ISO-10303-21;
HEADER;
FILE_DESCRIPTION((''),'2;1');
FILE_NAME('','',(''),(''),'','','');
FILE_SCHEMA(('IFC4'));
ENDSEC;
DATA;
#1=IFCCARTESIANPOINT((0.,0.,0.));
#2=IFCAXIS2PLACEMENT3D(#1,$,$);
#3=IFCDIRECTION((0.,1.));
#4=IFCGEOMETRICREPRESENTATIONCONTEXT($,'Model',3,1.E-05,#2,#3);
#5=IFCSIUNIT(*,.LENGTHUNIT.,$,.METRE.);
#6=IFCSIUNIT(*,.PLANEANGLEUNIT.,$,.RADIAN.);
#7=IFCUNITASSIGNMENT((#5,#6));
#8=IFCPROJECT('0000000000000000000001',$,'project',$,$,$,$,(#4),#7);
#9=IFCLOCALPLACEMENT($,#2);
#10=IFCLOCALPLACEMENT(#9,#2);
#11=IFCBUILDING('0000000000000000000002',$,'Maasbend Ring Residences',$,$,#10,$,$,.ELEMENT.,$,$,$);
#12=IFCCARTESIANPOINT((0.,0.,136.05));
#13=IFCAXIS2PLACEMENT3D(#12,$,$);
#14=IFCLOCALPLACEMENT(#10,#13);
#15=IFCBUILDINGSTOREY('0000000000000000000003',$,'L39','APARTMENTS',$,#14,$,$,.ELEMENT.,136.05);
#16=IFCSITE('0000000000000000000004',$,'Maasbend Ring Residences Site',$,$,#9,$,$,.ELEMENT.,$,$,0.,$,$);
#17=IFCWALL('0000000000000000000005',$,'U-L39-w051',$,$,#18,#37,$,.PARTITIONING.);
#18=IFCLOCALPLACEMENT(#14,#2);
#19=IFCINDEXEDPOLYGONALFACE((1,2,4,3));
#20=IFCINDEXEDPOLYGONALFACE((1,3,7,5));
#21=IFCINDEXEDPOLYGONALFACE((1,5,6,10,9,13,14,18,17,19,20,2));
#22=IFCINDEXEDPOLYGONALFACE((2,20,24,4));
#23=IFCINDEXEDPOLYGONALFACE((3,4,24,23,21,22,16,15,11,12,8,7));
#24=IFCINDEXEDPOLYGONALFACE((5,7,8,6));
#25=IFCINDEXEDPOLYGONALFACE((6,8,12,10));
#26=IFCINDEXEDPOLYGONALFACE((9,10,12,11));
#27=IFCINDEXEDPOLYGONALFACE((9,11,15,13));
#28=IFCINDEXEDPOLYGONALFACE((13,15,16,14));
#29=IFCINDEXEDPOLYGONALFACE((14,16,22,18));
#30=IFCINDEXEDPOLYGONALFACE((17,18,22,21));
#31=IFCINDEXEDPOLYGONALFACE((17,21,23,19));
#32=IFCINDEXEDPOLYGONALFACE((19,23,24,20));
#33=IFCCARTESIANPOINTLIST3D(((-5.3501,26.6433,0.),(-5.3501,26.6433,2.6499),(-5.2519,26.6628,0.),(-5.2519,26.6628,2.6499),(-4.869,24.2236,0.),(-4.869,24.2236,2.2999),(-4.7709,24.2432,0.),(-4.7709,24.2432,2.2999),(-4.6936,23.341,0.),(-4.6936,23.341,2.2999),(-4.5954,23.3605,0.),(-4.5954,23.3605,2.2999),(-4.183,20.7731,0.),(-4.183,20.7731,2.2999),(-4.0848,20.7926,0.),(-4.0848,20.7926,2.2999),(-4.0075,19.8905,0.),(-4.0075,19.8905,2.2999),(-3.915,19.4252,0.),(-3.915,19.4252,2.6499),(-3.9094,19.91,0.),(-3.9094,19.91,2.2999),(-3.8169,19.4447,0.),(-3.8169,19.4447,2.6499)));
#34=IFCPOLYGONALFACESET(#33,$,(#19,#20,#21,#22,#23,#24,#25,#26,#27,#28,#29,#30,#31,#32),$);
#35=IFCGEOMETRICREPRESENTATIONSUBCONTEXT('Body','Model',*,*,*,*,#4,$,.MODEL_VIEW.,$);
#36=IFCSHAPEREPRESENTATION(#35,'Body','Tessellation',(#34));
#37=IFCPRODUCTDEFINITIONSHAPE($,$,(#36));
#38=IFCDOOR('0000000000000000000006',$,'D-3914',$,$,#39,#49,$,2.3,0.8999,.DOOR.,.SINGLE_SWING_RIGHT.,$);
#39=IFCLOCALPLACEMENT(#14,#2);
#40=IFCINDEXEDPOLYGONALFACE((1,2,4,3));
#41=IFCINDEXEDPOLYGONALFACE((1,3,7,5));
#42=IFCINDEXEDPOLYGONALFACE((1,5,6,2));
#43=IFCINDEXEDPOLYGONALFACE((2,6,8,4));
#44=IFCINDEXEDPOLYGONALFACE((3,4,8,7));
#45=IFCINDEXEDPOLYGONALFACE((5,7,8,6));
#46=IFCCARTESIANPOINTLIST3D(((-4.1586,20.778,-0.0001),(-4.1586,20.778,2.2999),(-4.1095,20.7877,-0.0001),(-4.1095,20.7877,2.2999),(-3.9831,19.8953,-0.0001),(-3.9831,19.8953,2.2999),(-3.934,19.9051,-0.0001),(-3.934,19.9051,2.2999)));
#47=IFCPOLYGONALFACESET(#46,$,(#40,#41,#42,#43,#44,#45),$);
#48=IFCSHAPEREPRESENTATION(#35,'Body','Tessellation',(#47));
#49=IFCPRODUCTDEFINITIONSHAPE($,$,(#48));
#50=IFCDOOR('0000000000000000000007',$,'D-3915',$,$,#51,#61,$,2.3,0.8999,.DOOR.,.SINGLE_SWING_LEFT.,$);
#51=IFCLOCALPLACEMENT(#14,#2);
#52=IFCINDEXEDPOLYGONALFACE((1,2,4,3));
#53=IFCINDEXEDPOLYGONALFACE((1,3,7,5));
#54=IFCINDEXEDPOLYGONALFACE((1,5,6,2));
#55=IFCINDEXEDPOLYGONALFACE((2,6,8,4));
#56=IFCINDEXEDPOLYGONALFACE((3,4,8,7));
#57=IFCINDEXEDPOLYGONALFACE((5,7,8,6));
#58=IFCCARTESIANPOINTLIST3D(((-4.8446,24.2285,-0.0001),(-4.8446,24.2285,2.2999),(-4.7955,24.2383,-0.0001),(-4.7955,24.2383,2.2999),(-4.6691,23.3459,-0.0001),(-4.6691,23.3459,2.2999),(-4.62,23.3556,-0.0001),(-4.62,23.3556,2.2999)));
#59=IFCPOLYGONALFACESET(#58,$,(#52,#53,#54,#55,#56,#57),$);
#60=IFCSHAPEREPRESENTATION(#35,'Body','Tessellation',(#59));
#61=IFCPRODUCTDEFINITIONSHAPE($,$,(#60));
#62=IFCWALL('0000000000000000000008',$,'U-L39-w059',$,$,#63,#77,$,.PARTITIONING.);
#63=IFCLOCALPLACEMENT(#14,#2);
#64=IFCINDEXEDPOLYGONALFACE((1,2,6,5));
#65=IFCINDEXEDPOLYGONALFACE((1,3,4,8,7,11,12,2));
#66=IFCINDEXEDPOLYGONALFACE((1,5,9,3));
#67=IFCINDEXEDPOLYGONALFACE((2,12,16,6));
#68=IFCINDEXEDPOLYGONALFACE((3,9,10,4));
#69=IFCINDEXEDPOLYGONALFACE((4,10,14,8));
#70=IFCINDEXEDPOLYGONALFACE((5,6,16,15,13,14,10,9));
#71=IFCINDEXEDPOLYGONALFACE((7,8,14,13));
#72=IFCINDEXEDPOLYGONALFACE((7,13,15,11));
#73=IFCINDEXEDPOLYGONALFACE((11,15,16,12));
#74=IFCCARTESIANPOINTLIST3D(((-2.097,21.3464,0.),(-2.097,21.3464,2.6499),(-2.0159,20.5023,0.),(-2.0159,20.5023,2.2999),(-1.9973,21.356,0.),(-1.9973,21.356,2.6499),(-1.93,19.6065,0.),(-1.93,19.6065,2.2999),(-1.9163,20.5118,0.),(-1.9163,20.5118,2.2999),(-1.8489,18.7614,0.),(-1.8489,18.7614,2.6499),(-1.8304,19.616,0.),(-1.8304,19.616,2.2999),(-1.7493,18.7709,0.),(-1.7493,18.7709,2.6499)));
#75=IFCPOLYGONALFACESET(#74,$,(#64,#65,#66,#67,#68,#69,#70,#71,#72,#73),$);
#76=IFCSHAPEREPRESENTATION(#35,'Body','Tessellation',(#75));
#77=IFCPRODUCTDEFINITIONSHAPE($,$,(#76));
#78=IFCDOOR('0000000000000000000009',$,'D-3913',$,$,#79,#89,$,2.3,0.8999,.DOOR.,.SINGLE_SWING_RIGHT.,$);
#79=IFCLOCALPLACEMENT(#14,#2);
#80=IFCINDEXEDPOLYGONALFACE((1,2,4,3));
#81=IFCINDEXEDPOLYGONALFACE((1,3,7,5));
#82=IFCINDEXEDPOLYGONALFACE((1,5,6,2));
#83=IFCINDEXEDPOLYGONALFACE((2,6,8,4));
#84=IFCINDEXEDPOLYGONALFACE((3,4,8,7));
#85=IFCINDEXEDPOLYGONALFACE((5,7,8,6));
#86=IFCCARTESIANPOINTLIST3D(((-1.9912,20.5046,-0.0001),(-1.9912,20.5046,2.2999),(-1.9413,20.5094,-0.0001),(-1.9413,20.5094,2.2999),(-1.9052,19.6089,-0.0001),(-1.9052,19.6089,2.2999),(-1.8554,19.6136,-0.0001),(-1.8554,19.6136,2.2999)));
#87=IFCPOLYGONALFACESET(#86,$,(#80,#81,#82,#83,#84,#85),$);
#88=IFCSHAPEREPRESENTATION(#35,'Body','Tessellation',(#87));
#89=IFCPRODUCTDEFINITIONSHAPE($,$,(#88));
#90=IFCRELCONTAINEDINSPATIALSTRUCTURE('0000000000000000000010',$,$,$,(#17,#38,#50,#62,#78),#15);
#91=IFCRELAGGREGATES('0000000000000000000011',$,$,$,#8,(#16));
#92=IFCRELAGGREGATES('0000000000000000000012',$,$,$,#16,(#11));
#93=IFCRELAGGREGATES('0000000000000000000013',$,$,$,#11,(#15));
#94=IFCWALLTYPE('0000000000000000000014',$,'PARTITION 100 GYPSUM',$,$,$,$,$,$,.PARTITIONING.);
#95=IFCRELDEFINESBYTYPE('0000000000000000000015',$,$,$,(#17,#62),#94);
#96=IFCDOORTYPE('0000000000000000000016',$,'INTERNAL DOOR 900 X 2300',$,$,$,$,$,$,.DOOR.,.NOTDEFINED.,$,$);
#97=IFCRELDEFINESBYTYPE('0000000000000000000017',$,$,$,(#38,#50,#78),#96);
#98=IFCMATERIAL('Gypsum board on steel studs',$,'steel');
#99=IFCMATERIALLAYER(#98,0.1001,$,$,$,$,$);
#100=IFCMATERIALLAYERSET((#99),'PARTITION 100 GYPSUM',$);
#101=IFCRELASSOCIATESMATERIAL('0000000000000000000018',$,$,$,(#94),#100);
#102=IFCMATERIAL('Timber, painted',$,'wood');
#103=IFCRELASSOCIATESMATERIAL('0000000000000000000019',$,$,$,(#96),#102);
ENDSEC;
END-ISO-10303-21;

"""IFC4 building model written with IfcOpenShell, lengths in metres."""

from ifc_helpers import new_model, si_unit, direction, frame, frame_2d, origin, place, context, subcontext, project, spatial, rectangle, extrude, material, layer, layer_set, type_object, element, fill, save


model = new_model("IFC4")

# Units and contexts
model_context = context("Model", 3, precision=1e-05, world=origin(), true_north=direction((0.0, 1.0)))
body_context = subcontext(model_context, "Body", "Model", "MODEL_VIEW")
ifc_project = project(units=[si_unit("LENGTHUNIT", "METRE"), si_unit("PLANEANGLEUNIT", "RADIAN")], contexts=[model_context])

# Site, building, storey
site_placement = place(None, origin())
site = spatial("IfcSite", under=ifc_project, at=site_placement, Name="Maasbend Ring Residences Site", CompositionType="ELEMENT", RefElevation=0.0)
building_placement = place(site_placement, origin())
building = spatial("IfcBuilding", under=site, at=building_placement, Name="Maasbend Ring Residences", CompositionType="ELEMENT")
storey_placement = place(building_placement, frame((0.0, 0.0, 136.05)))
storey = spatial("IfcBuildingStorey", under=building, at=storey_placement, Name="L39", Description="APARTMENTS", CompositionType="ELEMENT", Elevation=136.05)

# Shared definitions
ifc_material_1 = material(Name="Gypsum board on steel studs", Category="steel")
ifc_layer_1 = layer(ifc_material_1, 0.1001)
ifc_layer_set_1 = layer_set([ifc_layer_1], Name="PARTITION 100 GYPSUM")
wall_type_1 = type_object("IfcWallType", Name="PARTITION 100 GYPSUM", PredefinedType="PARTITIONING", material=ifc_layer_set_1)
ifc_material_2 = material(Name="Timber, painted", Category="wood")
door_type_1 = type_object("IfcDoorType", Name="INTERNAL DOOR 900 X 2300", OperationType="NOTDEFINED", PredefinedType="DOOR", material=ifc_material_2)

# Wall, openings, doors
wall_1_placement = place(storey_placement, frame((-5.301, 26.6531, 0.0), z_axis=(0.0, 0.0, 1.0), x_axis=(0.195, -0.980803, 0.0)))
wall_1 = element("IfcWall", 1, at=wall_1_placement, inside=storey, type_object=wall_type_1, Name="U-L39-w051", PredefinedType="PARTITIONING", context=body_context, shape_type="SweptSolid", body=[
    extrude(rectangle(XDim=7.3594, YDim=0.1001, at=frame_2d((3.6797, 0.0))), origin(), (0.0, 0.0, 1.0), 2.6499),
])
opening_1_placement = place(wall_1_placement, frame((5.9851, 0.0, 0.0)))
opening_1 = element("IfcOpeningElement", 2, at=opening_1_placement, cuts=wall_1, PredefinedType="OPENING", context=body_context, shape_type="SweptSolid", body=[
    extrude(rectangle(XDim=0.8999, YDim=2.3, at=frame_2d((0.45, 1.1499))), frame((0.0, 0.0601, 0.0), z_axis=(0.0, -1.0, 0.0), x_axis=(1.0, 0.0, 0.0)), (0.0, 0.0, 1.0), 0.1201),
])
opening_2_placement = place(wall_1_placement, frame((2.467, 0.0, 0.0)))
opening_2 = element("IfcOpeningElement", 3, at=opening_2_placement, cuts=wall_1, PredefinedType="OPENING", context=body_context, shape_type="SweptSolid", body=[
    extrude(rectangle(XDim=0.8999, YDim=2.3, at=frame_2d((0.45, 1.1499))), frame((0.0, 0.0601, 0.0), z_axis=(0.0, -1.0, 0.0), x_axis=(1.0, 0.0, 0.0)), (0.0, 0.0, 1.0), 0.1201),
])
door_1_placement = place(opening_1_placement, origin())
door_1 = element("IfcDoor", 4, at=door_1_placement, inside=storey, type_object=door_type_1, Name="D-3914", OperationType="SINGLE_SWING_RIGHT", OverallHeight=2.3, OverallWidth=0.8999, PredefinedType="DOOR", context=body_context, shape_type="SweptSolid", body=[
    extrude(rectangle(XDim=0.8999, YDim=2.3, at=frame_2d((0.45, 1.1499))), frame((0.0, 0.0249, 0.0), z_axis=(0.0, -1.0, 0.0), x_axis=(1.0, 0.0, 0.0)), (0.0, 0.0, 1.0), 0.05),
])
fill(opening_1, door_1)
door_2_placement = place(opening_2_placement, origin())
door_2 = element("IfcDoor", 5, at=door_2_placement, inside=storey, type_object=door_type_1, Name="D-3915", OperationType="SINGLE_SWING_LEFT", OverallHeight=2.3, OverallWidth=0.8999, PredefinedType="DOOR", context=body_context, shape_type="SweptSolid", body=[
    extrude(rectangle(XDim=0.8999, YDim=2.3, at=frame_2d((0.45, 1.1499))), frame((0.0, 0.0249, 0.0), z_axis=(0.0, -1.0, 0.0), x_axis=(1.0, 0.0, 0.0)), (0.0, 0.0, 1.0), 0.05),
])
fill(opening_2, door_2)

# Wall, opening, door
wall_2_placement = place(storey_placement, frame((-2.0471, 21.3511, 0.0), z_axis=(0.0, 0.0, 1.0), x_axis=(0.095519, -0.995428, 0.0)))
wall_2 = element("IfcWall", 6, at=wall_2_placement, inside=storey, type_object=wall_type_1, Name="U-L39-w059", PredefinedType="PARTITIONING", context=body_context, shape_type="SweptSolid", body=[
    extrude(rectangle(XDim=2.5969, YDim=0.1001, at=frame_2d((1.2983, 0.0))), origin(), (0.0, 0.0, 1.0), 2.6499),
])
opening_3_placement = place(wall_2_placement, frame((0.8479, 0.0, 0.0)))
opening_3 = element("IfcOpeningElement", 7, at=opening_3_placement, cuts=wall_2, PredefinedType="OPENING", context=body_context, shape_type="SweptSolid", body=[
    extrude(rectangle(XDim=0.8999, YDim=2.3, at=frame_2d((0.45, 1.1499))), frame((0.0, 0.0601, 0.0), z_axis=(0.0, -1.0, 0.0), x_axis=(1.0, 0.0, 0.0)), (0.0, 0.0, 1.0), 0.1201),
])
door_3_placement = place(opening_3_placement, origin())
door_3 = element("IfcDoor", 8, at=door_3_placement, inside=storey, type_object=door_type_1, Name="D-3913", OperationType="SINGLE_SWING_RIGHT", OverallHeight=2.3, OverallWidth=0.8999, PredefinedType="DOOR", context=body_context, shape_type="SweptSolid", body=[
    extrude(rectangle(XDim=0.8999, YDim=2.3, at=frame_2d((0.45, 1.1499))), frame((0.0, 0.0249, 0.0), z_axis=(0.0, -1.0, 0.0), x_axis=(1.0, 0.0, 0.0)), (0.0, 0.0, 1.0), 0.05),
])
fill(opening_3, door_3)

save(model, "model.ifc")
